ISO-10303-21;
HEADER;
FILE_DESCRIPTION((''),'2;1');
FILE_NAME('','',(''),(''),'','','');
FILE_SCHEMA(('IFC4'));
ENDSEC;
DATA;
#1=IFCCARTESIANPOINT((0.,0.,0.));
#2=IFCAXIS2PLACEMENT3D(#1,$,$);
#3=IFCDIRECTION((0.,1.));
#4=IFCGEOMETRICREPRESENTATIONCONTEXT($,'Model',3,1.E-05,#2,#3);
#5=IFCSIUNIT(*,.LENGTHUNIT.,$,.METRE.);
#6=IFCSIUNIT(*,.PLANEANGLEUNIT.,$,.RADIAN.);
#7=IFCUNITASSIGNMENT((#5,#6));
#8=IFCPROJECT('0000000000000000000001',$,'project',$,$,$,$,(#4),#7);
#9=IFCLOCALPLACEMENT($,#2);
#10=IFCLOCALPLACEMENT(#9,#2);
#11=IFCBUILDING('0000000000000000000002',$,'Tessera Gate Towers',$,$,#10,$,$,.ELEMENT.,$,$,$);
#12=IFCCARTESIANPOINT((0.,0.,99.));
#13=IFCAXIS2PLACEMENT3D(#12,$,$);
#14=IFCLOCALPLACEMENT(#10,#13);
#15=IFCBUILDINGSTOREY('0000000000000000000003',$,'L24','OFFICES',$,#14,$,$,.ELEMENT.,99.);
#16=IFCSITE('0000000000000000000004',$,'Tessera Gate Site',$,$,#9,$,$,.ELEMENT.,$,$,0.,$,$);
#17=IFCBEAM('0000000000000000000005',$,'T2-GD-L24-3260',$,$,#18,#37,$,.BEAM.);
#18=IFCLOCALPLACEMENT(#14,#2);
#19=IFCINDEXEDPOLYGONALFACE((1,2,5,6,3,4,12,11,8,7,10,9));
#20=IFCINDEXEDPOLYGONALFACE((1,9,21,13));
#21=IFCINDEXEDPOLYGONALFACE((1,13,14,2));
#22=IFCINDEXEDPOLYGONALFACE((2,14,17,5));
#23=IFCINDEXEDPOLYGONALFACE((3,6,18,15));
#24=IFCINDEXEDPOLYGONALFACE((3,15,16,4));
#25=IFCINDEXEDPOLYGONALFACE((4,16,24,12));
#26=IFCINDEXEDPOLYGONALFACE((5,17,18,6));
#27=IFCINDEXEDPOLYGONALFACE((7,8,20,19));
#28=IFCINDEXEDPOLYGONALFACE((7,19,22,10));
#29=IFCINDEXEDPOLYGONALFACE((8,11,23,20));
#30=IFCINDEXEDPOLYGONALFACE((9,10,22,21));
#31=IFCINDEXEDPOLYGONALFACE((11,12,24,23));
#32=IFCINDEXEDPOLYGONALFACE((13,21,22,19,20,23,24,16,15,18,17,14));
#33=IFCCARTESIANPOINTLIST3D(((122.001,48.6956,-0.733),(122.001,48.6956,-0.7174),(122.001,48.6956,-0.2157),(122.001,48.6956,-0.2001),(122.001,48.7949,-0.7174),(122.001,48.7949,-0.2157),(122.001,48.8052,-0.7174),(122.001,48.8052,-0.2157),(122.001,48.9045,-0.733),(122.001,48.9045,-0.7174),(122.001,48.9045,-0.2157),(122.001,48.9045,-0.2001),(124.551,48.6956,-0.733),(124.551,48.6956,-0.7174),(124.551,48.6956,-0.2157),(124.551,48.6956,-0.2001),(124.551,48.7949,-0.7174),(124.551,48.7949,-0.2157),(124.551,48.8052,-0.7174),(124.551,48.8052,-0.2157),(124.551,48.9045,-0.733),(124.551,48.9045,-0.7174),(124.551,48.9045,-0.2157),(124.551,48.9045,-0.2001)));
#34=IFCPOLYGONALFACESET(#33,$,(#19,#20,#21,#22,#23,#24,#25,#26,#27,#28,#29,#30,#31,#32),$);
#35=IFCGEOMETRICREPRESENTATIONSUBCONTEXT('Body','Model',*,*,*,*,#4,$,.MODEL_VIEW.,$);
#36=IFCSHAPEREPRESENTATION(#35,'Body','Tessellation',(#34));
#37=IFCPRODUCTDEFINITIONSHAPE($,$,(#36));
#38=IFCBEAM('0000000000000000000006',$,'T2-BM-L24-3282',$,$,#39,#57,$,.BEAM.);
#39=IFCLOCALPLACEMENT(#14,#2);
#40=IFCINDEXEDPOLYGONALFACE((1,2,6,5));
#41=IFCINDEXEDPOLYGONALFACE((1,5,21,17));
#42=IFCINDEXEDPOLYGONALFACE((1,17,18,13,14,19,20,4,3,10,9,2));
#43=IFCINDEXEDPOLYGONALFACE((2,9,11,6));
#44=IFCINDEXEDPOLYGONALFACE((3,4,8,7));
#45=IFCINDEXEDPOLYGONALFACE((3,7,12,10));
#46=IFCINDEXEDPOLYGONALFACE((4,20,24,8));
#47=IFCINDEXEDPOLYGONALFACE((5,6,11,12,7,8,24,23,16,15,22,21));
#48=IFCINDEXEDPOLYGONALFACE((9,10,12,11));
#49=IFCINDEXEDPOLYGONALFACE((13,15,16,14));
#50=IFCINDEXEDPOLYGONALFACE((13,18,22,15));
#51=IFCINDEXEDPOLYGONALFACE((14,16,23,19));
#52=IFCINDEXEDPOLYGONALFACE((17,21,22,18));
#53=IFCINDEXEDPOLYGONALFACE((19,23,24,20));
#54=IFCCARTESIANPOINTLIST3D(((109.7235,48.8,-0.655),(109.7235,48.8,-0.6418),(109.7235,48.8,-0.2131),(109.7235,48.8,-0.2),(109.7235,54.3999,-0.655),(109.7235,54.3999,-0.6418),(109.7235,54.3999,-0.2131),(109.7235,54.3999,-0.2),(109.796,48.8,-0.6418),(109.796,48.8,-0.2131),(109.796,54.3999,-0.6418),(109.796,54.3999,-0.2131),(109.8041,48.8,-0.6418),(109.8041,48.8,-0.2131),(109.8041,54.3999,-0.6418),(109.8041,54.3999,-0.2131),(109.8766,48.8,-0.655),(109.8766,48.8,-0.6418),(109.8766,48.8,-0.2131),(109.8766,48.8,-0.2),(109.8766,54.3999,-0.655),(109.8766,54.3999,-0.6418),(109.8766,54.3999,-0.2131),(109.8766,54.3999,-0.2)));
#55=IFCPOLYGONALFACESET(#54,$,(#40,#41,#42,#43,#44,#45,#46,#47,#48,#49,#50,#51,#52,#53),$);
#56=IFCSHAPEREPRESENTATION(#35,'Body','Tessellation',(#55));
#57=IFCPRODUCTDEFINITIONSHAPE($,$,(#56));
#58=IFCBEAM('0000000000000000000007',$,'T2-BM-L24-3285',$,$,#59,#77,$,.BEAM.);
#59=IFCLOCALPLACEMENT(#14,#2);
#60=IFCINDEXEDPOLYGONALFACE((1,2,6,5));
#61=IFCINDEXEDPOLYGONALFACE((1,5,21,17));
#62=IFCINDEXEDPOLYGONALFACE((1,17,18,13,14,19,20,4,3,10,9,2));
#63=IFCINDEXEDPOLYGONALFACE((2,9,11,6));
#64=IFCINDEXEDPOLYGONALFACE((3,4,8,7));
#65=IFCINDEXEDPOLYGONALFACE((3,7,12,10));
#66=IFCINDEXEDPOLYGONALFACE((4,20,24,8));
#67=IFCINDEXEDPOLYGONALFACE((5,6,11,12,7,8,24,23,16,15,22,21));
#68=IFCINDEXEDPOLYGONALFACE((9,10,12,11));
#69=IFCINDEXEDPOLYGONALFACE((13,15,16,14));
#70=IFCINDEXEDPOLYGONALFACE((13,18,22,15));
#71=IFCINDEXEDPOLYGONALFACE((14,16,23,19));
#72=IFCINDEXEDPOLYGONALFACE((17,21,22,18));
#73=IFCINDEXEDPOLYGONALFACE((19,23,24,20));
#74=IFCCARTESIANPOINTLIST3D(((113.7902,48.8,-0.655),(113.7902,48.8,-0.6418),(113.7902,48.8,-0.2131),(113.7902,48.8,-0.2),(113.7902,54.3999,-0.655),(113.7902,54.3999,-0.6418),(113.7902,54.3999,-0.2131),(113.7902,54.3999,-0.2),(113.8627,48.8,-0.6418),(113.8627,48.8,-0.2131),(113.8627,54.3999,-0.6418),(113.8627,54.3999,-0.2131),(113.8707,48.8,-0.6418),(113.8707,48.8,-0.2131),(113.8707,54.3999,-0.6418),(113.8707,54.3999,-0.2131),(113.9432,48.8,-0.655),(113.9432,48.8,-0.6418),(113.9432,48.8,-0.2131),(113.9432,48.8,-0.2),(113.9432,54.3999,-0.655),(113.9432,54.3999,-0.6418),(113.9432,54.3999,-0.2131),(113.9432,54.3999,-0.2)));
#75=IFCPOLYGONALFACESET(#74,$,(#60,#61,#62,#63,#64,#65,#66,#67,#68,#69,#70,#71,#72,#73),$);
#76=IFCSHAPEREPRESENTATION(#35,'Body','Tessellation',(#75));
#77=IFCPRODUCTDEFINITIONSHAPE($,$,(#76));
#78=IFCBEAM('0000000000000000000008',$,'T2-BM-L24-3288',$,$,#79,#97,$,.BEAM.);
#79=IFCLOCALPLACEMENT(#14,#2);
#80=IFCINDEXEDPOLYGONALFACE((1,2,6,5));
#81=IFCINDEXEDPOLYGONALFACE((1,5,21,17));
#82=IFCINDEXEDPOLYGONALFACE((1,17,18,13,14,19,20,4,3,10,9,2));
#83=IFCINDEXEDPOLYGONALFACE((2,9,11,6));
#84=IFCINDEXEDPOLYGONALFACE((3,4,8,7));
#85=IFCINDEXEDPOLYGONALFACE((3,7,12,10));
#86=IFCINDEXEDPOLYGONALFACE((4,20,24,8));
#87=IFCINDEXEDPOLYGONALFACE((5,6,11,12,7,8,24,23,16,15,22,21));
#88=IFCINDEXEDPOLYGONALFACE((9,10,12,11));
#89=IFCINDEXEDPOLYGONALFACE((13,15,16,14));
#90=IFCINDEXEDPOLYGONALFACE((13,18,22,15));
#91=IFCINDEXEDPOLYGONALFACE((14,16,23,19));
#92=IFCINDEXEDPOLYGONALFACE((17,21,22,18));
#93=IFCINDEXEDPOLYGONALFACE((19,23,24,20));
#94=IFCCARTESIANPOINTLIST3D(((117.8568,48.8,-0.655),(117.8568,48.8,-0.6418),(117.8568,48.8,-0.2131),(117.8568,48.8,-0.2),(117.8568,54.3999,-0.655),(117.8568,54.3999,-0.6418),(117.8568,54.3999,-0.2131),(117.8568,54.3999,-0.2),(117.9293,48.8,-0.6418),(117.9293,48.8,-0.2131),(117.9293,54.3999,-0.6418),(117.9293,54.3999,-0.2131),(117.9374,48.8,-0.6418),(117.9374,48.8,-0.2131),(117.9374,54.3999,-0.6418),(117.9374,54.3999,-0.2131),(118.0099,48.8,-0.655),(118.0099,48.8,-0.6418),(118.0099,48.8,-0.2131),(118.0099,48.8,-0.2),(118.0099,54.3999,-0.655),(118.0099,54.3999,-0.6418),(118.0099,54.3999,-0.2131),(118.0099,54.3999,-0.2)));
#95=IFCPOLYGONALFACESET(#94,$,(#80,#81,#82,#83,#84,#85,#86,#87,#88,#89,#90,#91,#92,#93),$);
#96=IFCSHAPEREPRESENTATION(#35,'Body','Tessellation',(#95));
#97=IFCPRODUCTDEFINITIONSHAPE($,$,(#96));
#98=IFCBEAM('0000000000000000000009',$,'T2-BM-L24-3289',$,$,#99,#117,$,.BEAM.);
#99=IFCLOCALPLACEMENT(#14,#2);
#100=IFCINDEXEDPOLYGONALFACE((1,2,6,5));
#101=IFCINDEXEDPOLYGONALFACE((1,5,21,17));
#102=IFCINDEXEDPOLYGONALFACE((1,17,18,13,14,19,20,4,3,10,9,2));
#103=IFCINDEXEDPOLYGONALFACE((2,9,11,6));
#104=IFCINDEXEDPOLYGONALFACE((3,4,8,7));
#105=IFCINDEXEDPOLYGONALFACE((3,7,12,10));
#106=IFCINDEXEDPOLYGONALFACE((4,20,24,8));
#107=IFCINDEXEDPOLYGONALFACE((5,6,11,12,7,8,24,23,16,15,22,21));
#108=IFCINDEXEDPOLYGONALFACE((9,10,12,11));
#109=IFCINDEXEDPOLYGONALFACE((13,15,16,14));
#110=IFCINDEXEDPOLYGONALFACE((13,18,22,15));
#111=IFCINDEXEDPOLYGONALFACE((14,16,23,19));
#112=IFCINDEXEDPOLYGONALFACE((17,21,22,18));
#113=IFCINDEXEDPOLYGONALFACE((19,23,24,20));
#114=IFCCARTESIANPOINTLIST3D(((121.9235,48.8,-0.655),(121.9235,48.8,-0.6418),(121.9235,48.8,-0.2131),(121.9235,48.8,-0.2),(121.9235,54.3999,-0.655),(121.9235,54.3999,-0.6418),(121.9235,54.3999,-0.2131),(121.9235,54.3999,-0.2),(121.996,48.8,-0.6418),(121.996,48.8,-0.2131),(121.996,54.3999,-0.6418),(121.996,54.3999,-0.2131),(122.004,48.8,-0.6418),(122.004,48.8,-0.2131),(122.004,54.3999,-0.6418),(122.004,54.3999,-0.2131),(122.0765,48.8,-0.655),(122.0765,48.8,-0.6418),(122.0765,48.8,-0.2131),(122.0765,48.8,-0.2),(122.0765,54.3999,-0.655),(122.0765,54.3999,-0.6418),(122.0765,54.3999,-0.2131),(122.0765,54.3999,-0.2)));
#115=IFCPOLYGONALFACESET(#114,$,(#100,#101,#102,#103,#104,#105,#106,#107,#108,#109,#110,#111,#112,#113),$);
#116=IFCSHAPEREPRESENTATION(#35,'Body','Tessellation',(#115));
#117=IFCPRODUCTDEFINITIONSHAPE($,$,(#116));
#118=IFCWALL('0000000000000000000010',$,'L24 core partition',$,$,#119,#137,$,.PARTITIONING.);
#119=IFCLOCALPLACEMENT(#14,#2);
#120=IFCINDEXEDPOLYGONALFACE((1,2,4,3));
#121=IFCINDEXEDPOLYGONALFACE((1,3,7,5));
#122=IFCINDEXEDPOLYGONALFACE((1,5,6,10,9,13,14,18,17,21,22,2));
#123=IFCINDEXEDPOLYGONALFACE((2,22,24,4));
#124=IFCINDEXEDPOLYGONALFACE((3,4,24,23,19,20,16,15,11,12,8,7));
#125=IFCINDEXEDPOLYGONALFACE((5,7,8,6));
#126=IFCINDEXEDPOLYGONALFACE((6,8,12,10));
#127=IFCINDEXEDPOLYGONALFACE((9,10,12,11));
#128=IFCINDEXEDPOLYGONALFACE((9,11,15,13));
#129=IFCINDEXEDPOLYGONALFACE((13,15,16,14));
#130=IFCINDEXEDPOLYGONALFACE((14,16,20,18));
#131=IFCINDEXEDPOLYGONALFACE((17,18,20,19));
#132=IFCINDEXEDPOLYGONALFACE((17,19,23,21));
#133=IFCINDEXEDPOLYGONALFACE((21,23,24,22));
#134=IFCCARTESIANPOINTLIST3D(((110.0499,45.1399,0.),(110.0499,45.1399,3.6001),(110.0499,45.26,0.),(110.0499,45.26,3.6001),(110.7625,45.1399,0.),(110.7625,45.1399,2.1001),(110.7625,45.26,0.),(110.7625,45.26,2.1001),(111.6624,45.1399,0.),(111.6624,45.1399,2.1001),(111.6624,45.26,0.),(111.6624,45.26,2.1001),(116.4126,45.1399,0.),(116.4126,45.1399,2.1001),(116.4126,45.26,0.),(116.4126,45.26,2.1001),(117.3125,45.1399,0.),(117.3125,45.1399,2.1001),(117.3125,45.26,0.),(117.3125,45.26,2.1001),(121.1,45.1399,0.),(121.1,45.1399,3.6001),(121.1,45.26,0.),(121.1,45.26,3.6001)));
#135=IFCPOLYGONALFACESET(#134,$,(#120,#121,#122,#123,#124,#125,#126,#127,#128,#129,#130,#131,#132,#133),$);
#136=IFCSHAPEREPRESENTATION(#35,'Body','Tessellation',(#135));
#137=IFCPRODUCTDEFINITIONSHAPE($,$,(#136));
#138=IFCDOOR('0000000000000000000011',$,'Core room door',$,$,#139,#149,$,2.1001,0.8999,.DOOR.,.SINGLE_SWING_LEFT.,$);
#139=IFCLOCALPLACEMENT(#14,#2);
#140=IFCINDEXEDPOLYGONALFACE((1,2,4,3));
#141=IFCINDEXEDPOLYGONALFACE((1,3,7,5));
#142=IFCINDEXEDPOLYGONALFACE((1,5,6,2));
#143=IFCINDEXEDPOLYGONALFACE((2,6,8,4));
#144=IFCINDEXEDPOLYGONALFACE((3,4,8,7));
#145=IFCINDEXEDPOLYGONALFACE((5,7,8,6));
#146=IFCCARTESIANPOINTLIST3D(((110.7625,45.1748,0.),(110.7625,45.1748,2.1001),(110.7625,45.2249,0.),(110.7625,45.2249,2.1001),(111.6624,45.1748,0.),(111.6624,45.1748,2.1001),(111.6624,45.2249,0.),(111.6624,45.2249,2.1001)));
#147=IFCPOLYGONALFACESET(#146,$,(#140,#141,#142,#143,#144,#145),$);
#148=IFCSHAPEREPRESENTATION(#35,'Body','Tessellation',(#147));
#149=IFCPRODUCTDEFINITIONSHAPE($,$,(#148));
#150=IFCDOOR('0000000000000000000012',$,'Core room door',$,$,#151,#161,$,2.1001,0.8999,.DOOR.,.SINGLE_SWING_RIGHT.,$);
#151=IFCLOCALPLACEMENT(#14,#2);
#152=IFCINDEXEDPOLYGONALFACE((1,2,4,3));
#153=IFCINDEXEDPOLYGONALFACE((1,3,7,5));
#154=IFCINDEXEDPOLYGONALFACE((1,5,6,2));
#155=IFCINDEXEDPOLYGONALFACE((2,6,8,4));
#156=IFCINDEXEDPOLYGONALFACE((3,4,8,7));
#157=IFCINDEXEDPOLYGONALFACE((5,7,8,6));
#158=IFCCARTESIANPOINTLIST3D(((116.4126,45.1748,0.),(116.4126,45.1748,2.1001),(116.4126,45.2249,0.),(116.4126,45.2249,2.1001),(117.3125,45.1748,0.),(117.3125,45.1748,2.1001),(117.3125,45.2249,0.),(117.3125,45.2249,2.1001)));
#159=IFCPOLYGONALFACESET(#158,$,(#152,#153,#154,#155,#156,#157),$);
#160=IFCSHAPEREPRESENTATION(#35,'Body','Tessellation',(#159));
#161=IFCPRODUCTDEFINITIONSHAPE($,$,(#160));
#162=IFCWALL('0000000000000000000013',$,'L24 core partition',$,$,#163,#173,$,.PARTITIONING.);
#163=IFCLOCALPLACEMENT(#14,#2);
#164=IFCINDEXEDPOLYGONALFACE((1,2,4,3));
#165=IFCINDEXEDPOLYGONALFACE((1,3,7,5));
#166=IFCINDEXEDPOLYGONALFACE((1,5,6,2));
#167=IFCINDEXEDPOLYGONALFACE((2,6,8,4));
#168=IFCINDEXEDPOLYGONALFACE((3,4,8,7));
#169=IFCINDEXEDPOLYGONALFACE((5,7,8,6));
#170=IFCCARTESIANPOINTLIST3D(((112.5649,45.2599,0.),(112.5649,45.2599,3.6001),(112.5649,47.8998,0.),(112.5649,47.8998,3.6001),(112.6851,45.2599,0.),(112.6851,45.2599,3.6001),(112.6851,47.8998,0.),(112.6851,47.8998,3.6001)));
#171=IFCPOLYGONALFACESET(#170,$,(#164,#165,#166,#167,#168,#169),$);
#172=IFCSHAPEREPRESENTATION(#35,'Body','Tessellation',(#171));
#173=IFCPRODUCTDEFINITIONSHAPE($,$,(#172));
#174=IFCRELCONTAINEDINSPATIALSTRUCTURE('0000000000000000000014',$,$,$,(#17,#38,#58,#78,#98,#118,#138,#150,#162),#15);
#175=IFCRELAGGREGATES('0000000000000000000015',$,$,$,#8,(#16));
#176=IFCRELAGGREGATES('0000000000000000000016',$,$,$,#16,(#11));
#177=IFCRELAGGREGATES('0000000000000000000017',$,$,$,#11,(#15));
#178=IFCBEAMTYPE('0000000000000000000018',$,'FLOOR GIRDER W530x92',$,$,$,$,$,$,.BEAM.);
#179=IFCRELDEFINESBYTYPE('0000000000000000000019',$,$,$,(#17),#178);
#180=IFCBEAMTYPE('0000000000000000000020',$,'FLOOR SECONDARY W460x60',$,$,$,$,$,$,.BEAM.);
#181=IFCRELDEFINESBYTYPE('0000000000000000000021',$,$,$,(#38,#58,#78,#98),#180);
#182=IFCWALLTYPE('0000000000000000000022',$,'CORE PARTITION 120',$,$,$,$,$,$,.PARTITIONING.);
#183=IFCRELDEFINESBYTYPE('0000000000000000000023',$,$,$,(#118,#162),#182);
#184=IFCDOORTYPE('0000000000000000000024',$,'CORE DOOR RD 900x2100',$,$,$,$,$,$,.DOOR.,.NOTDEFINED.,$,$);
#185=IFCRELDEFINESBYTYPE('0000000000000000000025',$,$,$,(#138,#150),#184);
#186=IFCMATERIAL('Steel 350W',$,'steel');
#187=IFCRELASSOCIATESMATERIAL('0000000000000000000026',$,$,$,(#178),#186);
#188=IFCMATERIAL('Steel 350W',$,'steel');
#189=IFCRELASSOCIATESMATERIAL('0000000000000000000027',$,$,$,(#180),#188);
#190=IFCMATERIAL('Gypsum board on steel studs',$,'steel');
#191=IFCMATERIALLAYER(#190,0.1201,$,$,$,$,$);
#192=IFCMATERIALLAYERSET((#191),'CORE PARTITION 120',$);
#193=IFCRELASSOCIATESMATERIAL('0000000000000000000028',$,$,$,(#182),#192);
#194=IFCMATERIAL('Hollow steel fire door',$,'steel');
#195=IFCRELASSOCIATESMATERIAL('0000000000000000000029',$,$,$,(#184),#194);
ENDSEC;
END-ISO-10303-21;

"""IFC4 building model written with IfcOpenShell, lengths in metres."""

from ifc_helpers import new_model, si_unit, direction, frame, frame_2d, origin, origin_2d, place, context, subcontext, project, spatial, rectangle, i_section, extrude, source, transform, mapped, material, layer, layer_set, material_profile, profile_set, type_object, element, fill, save


model = new_model("IFC4")

# Units and contexts
model_context = context("Model", 3, precision=1e-05, world=origin(), true_north=direction((0.0, 1.0)))
body_context = subcontext(model_context, "Body", "Model", "MODEL_VIEW")
ifc_project = project(units=[si_unit("LENGTHUNIT", "METRE"), si_unit("PLANEANGLEUNIT", "RADIAN")], contexts=[model_context])

# Site, building, storey
site_placement = place(None, origin())
site = spatial("IfcSite", under=ifc_project, at=site_placement, Name="Tessera Gate Site", CompositionType="ELEMENT", RefElevation=0.0)
building_placement = place(site_placement, origin())
building = spatial("IfcBuilding", under=site, at=building_placement, Name="Tessera Gate Towers", CompositionType="ELEMENT")
storey_placement = place(building_placement, frame((0.0, 0.0, 99.0)))
storey = spatial("IfcBuildingStorey", under=building, at=storey_placement, Name="L24", Description="OFFICES", CompositionType="ELEMENT", Elevation=99.0)

# Beams
ifc_material_1 = material(Name="Steel 350W", Category="steel")
ifc_material_profile_1 = material_profile(ifc_material_1, i_section(OverallWidth=0.209, OverallDepth=0.533, WebThickness=0.0103, FlangeThickness=0.0156, at=origin_2d()), Name="W530x92")
ifc_profile_set_1 = profile_set([ifc_material_profile_1], Name="Steel 350W")
beam_type_1 = type_object("IfcBeamType", Name="FLOOR GIRDER W530x92", PredefinedType="BEAM", material=ifc_profile_set_1)
beam_placement = place(storey_placement, frame((122.001, 48.8, -0.4666), z_axis=(1.0, 0.0, 0.0), x_axis=(0.0, 1.0, 0.0)))
element("IfcBeam", 1, at=beam_placement, inside=storey, type_object=beam_type_1, Name="T2-GD-L24-3260", PredefinedType="BEAM", context=body_context, shape_type="SweptSolid", body=[
    extrude(i_section(OverallWidth=0.209, OverallDepth=0.533, WebThickness=0.0103, FlangeThickness=0.0156, at=origin_2d()), origin(), (0.0, 0.0, 1.0), 2.55),
])
ifc_material_2 = material(Name="Steel 350W", Category="steel")
ifc_material_profile_2 = material_profile(ifc_material_2, i_section(OverallWidth=0.1531, OverallDepth=0.4551, WebThickness=0.0081, FlangeThickness=0.0132, at=origin_2d()), Name="W460x60")
ifc_profile_set_2 = profile_set([ifc_material_profile_2], Name="Steel 350W")
beam_type_2 = type_object("IfcBeamType", Name="FLOOR SECONDARY W460x60", PredefinedType="BEAM", material=ifc_profile_set_2)
for number, where, z_axis, x_axis, name in (
    (2, (109.8, 48.8, -0.4275), (0.0, 1.0, 0.0), (-1.0, 0.0, 0.0), "T2-BM-L24-3282"),
    (3, (113.8667, 48.8, -0.4275), (0.0, 1.0, 0.0), (-1.0, 0.0, 0.0), "T2-BM-L24-3285"),
    (4, (117.9333, 48.8, -0.4275), (0.0, 1.0, 0.0), (-1.0, 0.0, 0.0), "T2-BM-L24-3288"),
    (5, (122.0, 48.8, -0.4275), (0.0, 1.0, 0.0), (-1.0, 0.0, 0.0), "T2-BM-L24-3289"),
):
    element("IfcBeam", number, at=place(storey_placement, frame(where, z_axis=z_axis, x_axis=x_axis)), inside=storey, type_object=beam_type_2, Name=name, PredefinedType="BEAM", context=body_context, shape_type="SweptSolid", body=[
        extrude(i_section(OverallWidth=0.1531, OverallDepth=0.4551, WebThickness=0.0081, FlangeThickness=0.0132, at=origin_2d()), origin(), (0.0, 0.0, 1.0), 5.5999),
    ])

# Wall, openings, doors
ifc_material_3 = material(Name="Gypsum board on steel studs", Category="steel")
ifc_layer_1 = layer(ifc_material_3, 0.1201)
ifc_layer_set_1 = layer_set([ifc_layer_1], Name="CORE PARTITION 120")
wall_type_1 = type_object("IfcWallType", Name="CORE PARTITION 120", PredefinedType="PARTITIONING", material=ifc_layer_set_1)
wall_1_placement = place(storey_placement, frame((110.05, 45.2, 0.0), z_axis=(0.0, 0.0, 1.0), x_axis=(1.0, 0.0, 0.0)))
wall_1 = element("IfcWall", 6, at=wall_1_placement, inside=storey, type_object=wall_type_1, Name="L24 core partition", PredefinedType="PARTITIONING", context=body_context, shape_type="SweptSolid", body=[
    extrude(rectangle(XDim=11.05, YDim=0.1201, at=frame_2d((5.5249, 0.0))), origin(), (0.0, 0.0, 1.0), 3.6001),
])
shared_shape_1 = source(origin(), body_context, "Body", "SweptSolid", [
    extrude(rectangle(XDim=0.8999, YDim=2.1001, at=frame_2d((0.45, 1.05))), frame((0.0, 0.0701, 0.0), z_axis=(0.0, -1.0, 0.0), x_axis=(1.0, 0.0, 0.0)), (0.0, 0.0, 1.0), 0.1401),
])
opening_1_placement = place(wall_1_placement, frame((0.7124, 0.0, 0.0)))
opening_1 = element("IfcOpeningElement", 7, at=opening_1_placement, cuts=wall_1, PredefinedType="OPENING", context=body_context, shape_type="MappedRepresentation", body=[
    mapped(shared_shape_1, transform((0.0, 0.0, 0.0), scale=1.0)),
])
opening_2_placement = place(wall_1_placement, frame((6.3625, 0.0, 0.0)))
opening_2 = element("IfcOpeningElement", 8, at=opening_2_placement, cuts=wall_1, PredefinedType="OPENING", context=body_context, shape_type="MappedRepresentation", body=[
    mapped(shared_shape_1, transform((0.0, 0.0, 0.0), scale=1.0)),
])
ifc_material_4 = material(Name="Hollow steel fire door", Category="steel")
door_type_1 = type_object("IfcDoorType", Name="CORE DOOR RD 900x2100", OperationType="NOTDEFINED", PredefinedType="DOOR", material=ifc_material_4)
shared_shape_2 = source(origin(), body_context, "Body", "SweptSolid", [
    extrude(rectangle(XDim=0.8999, YDim=2.1001, at=frame_2d((0.45, 1.05))), frame((0.0, 0.0249, 0.0), z_axis=(0.0, -1.0, 0.0), x_axis=(1.0, 0.0, 0.0)), (0.0, 0.0, 1.0), 0.05),
])
door_1_placement = place(opening_1_placement, origin())
door_1 = element("IfcDoor", 9, at=door_1_placement, inside=storey, type_object=door_type_1, Name="Core room door", OperationType="SINGLE_SWING_LEFT", OverallHeight=2.1001, OverallWidth=0.8999, PredefinedType="DOOR", context=body_context, shape_type="MappedRepresentation", body=[
    mapped(shared_shape_2, transform((0.0, 0.0, 0.0), scale=1.0)),
])
fill(opening_1, door_1)
door_2_placement = place(opening_2_placement, origin())
door_2 = element("IfcDoor", 10, at=door_2_placement, inside=storey, type_object=door_type_1, Name="Core room door", OperationType="SINGLE_SWING_RIGHT", OverallHeight=2.1001, OverallWidth=0.8999, PredefinedType="DOOR", context=body_context, shape_type="MappedRepresentation", body=[
    mapped(shared_shape_2, transform((0.0, 0.0, 0.0), scale=1.0)),
])
fill(opening_2, door_2)

# Wall
wall_2_placement = place(storey_placement, frame((112.625, 45.26, 0.0), z_axis=(0.0, 0.0, 1.0), x_axis=(0.0, 1.0, 0.0)))
element("IfcWall", 11, at=wall_2_placement, inside=storey, type_object=wall_type_1, Name="L24 core partition", PredefinedType="PARTITIONING", context=body_context, shape_type="SweptSolid", body=[
    extrude(rectangle(XDim=2.6399, YDim=0.1201, at=frame_2d((1.3198, 0.0))), origin(), (0.0, 0.0, 1.0), 3.6001),
])

save(model, "model.ifc")
